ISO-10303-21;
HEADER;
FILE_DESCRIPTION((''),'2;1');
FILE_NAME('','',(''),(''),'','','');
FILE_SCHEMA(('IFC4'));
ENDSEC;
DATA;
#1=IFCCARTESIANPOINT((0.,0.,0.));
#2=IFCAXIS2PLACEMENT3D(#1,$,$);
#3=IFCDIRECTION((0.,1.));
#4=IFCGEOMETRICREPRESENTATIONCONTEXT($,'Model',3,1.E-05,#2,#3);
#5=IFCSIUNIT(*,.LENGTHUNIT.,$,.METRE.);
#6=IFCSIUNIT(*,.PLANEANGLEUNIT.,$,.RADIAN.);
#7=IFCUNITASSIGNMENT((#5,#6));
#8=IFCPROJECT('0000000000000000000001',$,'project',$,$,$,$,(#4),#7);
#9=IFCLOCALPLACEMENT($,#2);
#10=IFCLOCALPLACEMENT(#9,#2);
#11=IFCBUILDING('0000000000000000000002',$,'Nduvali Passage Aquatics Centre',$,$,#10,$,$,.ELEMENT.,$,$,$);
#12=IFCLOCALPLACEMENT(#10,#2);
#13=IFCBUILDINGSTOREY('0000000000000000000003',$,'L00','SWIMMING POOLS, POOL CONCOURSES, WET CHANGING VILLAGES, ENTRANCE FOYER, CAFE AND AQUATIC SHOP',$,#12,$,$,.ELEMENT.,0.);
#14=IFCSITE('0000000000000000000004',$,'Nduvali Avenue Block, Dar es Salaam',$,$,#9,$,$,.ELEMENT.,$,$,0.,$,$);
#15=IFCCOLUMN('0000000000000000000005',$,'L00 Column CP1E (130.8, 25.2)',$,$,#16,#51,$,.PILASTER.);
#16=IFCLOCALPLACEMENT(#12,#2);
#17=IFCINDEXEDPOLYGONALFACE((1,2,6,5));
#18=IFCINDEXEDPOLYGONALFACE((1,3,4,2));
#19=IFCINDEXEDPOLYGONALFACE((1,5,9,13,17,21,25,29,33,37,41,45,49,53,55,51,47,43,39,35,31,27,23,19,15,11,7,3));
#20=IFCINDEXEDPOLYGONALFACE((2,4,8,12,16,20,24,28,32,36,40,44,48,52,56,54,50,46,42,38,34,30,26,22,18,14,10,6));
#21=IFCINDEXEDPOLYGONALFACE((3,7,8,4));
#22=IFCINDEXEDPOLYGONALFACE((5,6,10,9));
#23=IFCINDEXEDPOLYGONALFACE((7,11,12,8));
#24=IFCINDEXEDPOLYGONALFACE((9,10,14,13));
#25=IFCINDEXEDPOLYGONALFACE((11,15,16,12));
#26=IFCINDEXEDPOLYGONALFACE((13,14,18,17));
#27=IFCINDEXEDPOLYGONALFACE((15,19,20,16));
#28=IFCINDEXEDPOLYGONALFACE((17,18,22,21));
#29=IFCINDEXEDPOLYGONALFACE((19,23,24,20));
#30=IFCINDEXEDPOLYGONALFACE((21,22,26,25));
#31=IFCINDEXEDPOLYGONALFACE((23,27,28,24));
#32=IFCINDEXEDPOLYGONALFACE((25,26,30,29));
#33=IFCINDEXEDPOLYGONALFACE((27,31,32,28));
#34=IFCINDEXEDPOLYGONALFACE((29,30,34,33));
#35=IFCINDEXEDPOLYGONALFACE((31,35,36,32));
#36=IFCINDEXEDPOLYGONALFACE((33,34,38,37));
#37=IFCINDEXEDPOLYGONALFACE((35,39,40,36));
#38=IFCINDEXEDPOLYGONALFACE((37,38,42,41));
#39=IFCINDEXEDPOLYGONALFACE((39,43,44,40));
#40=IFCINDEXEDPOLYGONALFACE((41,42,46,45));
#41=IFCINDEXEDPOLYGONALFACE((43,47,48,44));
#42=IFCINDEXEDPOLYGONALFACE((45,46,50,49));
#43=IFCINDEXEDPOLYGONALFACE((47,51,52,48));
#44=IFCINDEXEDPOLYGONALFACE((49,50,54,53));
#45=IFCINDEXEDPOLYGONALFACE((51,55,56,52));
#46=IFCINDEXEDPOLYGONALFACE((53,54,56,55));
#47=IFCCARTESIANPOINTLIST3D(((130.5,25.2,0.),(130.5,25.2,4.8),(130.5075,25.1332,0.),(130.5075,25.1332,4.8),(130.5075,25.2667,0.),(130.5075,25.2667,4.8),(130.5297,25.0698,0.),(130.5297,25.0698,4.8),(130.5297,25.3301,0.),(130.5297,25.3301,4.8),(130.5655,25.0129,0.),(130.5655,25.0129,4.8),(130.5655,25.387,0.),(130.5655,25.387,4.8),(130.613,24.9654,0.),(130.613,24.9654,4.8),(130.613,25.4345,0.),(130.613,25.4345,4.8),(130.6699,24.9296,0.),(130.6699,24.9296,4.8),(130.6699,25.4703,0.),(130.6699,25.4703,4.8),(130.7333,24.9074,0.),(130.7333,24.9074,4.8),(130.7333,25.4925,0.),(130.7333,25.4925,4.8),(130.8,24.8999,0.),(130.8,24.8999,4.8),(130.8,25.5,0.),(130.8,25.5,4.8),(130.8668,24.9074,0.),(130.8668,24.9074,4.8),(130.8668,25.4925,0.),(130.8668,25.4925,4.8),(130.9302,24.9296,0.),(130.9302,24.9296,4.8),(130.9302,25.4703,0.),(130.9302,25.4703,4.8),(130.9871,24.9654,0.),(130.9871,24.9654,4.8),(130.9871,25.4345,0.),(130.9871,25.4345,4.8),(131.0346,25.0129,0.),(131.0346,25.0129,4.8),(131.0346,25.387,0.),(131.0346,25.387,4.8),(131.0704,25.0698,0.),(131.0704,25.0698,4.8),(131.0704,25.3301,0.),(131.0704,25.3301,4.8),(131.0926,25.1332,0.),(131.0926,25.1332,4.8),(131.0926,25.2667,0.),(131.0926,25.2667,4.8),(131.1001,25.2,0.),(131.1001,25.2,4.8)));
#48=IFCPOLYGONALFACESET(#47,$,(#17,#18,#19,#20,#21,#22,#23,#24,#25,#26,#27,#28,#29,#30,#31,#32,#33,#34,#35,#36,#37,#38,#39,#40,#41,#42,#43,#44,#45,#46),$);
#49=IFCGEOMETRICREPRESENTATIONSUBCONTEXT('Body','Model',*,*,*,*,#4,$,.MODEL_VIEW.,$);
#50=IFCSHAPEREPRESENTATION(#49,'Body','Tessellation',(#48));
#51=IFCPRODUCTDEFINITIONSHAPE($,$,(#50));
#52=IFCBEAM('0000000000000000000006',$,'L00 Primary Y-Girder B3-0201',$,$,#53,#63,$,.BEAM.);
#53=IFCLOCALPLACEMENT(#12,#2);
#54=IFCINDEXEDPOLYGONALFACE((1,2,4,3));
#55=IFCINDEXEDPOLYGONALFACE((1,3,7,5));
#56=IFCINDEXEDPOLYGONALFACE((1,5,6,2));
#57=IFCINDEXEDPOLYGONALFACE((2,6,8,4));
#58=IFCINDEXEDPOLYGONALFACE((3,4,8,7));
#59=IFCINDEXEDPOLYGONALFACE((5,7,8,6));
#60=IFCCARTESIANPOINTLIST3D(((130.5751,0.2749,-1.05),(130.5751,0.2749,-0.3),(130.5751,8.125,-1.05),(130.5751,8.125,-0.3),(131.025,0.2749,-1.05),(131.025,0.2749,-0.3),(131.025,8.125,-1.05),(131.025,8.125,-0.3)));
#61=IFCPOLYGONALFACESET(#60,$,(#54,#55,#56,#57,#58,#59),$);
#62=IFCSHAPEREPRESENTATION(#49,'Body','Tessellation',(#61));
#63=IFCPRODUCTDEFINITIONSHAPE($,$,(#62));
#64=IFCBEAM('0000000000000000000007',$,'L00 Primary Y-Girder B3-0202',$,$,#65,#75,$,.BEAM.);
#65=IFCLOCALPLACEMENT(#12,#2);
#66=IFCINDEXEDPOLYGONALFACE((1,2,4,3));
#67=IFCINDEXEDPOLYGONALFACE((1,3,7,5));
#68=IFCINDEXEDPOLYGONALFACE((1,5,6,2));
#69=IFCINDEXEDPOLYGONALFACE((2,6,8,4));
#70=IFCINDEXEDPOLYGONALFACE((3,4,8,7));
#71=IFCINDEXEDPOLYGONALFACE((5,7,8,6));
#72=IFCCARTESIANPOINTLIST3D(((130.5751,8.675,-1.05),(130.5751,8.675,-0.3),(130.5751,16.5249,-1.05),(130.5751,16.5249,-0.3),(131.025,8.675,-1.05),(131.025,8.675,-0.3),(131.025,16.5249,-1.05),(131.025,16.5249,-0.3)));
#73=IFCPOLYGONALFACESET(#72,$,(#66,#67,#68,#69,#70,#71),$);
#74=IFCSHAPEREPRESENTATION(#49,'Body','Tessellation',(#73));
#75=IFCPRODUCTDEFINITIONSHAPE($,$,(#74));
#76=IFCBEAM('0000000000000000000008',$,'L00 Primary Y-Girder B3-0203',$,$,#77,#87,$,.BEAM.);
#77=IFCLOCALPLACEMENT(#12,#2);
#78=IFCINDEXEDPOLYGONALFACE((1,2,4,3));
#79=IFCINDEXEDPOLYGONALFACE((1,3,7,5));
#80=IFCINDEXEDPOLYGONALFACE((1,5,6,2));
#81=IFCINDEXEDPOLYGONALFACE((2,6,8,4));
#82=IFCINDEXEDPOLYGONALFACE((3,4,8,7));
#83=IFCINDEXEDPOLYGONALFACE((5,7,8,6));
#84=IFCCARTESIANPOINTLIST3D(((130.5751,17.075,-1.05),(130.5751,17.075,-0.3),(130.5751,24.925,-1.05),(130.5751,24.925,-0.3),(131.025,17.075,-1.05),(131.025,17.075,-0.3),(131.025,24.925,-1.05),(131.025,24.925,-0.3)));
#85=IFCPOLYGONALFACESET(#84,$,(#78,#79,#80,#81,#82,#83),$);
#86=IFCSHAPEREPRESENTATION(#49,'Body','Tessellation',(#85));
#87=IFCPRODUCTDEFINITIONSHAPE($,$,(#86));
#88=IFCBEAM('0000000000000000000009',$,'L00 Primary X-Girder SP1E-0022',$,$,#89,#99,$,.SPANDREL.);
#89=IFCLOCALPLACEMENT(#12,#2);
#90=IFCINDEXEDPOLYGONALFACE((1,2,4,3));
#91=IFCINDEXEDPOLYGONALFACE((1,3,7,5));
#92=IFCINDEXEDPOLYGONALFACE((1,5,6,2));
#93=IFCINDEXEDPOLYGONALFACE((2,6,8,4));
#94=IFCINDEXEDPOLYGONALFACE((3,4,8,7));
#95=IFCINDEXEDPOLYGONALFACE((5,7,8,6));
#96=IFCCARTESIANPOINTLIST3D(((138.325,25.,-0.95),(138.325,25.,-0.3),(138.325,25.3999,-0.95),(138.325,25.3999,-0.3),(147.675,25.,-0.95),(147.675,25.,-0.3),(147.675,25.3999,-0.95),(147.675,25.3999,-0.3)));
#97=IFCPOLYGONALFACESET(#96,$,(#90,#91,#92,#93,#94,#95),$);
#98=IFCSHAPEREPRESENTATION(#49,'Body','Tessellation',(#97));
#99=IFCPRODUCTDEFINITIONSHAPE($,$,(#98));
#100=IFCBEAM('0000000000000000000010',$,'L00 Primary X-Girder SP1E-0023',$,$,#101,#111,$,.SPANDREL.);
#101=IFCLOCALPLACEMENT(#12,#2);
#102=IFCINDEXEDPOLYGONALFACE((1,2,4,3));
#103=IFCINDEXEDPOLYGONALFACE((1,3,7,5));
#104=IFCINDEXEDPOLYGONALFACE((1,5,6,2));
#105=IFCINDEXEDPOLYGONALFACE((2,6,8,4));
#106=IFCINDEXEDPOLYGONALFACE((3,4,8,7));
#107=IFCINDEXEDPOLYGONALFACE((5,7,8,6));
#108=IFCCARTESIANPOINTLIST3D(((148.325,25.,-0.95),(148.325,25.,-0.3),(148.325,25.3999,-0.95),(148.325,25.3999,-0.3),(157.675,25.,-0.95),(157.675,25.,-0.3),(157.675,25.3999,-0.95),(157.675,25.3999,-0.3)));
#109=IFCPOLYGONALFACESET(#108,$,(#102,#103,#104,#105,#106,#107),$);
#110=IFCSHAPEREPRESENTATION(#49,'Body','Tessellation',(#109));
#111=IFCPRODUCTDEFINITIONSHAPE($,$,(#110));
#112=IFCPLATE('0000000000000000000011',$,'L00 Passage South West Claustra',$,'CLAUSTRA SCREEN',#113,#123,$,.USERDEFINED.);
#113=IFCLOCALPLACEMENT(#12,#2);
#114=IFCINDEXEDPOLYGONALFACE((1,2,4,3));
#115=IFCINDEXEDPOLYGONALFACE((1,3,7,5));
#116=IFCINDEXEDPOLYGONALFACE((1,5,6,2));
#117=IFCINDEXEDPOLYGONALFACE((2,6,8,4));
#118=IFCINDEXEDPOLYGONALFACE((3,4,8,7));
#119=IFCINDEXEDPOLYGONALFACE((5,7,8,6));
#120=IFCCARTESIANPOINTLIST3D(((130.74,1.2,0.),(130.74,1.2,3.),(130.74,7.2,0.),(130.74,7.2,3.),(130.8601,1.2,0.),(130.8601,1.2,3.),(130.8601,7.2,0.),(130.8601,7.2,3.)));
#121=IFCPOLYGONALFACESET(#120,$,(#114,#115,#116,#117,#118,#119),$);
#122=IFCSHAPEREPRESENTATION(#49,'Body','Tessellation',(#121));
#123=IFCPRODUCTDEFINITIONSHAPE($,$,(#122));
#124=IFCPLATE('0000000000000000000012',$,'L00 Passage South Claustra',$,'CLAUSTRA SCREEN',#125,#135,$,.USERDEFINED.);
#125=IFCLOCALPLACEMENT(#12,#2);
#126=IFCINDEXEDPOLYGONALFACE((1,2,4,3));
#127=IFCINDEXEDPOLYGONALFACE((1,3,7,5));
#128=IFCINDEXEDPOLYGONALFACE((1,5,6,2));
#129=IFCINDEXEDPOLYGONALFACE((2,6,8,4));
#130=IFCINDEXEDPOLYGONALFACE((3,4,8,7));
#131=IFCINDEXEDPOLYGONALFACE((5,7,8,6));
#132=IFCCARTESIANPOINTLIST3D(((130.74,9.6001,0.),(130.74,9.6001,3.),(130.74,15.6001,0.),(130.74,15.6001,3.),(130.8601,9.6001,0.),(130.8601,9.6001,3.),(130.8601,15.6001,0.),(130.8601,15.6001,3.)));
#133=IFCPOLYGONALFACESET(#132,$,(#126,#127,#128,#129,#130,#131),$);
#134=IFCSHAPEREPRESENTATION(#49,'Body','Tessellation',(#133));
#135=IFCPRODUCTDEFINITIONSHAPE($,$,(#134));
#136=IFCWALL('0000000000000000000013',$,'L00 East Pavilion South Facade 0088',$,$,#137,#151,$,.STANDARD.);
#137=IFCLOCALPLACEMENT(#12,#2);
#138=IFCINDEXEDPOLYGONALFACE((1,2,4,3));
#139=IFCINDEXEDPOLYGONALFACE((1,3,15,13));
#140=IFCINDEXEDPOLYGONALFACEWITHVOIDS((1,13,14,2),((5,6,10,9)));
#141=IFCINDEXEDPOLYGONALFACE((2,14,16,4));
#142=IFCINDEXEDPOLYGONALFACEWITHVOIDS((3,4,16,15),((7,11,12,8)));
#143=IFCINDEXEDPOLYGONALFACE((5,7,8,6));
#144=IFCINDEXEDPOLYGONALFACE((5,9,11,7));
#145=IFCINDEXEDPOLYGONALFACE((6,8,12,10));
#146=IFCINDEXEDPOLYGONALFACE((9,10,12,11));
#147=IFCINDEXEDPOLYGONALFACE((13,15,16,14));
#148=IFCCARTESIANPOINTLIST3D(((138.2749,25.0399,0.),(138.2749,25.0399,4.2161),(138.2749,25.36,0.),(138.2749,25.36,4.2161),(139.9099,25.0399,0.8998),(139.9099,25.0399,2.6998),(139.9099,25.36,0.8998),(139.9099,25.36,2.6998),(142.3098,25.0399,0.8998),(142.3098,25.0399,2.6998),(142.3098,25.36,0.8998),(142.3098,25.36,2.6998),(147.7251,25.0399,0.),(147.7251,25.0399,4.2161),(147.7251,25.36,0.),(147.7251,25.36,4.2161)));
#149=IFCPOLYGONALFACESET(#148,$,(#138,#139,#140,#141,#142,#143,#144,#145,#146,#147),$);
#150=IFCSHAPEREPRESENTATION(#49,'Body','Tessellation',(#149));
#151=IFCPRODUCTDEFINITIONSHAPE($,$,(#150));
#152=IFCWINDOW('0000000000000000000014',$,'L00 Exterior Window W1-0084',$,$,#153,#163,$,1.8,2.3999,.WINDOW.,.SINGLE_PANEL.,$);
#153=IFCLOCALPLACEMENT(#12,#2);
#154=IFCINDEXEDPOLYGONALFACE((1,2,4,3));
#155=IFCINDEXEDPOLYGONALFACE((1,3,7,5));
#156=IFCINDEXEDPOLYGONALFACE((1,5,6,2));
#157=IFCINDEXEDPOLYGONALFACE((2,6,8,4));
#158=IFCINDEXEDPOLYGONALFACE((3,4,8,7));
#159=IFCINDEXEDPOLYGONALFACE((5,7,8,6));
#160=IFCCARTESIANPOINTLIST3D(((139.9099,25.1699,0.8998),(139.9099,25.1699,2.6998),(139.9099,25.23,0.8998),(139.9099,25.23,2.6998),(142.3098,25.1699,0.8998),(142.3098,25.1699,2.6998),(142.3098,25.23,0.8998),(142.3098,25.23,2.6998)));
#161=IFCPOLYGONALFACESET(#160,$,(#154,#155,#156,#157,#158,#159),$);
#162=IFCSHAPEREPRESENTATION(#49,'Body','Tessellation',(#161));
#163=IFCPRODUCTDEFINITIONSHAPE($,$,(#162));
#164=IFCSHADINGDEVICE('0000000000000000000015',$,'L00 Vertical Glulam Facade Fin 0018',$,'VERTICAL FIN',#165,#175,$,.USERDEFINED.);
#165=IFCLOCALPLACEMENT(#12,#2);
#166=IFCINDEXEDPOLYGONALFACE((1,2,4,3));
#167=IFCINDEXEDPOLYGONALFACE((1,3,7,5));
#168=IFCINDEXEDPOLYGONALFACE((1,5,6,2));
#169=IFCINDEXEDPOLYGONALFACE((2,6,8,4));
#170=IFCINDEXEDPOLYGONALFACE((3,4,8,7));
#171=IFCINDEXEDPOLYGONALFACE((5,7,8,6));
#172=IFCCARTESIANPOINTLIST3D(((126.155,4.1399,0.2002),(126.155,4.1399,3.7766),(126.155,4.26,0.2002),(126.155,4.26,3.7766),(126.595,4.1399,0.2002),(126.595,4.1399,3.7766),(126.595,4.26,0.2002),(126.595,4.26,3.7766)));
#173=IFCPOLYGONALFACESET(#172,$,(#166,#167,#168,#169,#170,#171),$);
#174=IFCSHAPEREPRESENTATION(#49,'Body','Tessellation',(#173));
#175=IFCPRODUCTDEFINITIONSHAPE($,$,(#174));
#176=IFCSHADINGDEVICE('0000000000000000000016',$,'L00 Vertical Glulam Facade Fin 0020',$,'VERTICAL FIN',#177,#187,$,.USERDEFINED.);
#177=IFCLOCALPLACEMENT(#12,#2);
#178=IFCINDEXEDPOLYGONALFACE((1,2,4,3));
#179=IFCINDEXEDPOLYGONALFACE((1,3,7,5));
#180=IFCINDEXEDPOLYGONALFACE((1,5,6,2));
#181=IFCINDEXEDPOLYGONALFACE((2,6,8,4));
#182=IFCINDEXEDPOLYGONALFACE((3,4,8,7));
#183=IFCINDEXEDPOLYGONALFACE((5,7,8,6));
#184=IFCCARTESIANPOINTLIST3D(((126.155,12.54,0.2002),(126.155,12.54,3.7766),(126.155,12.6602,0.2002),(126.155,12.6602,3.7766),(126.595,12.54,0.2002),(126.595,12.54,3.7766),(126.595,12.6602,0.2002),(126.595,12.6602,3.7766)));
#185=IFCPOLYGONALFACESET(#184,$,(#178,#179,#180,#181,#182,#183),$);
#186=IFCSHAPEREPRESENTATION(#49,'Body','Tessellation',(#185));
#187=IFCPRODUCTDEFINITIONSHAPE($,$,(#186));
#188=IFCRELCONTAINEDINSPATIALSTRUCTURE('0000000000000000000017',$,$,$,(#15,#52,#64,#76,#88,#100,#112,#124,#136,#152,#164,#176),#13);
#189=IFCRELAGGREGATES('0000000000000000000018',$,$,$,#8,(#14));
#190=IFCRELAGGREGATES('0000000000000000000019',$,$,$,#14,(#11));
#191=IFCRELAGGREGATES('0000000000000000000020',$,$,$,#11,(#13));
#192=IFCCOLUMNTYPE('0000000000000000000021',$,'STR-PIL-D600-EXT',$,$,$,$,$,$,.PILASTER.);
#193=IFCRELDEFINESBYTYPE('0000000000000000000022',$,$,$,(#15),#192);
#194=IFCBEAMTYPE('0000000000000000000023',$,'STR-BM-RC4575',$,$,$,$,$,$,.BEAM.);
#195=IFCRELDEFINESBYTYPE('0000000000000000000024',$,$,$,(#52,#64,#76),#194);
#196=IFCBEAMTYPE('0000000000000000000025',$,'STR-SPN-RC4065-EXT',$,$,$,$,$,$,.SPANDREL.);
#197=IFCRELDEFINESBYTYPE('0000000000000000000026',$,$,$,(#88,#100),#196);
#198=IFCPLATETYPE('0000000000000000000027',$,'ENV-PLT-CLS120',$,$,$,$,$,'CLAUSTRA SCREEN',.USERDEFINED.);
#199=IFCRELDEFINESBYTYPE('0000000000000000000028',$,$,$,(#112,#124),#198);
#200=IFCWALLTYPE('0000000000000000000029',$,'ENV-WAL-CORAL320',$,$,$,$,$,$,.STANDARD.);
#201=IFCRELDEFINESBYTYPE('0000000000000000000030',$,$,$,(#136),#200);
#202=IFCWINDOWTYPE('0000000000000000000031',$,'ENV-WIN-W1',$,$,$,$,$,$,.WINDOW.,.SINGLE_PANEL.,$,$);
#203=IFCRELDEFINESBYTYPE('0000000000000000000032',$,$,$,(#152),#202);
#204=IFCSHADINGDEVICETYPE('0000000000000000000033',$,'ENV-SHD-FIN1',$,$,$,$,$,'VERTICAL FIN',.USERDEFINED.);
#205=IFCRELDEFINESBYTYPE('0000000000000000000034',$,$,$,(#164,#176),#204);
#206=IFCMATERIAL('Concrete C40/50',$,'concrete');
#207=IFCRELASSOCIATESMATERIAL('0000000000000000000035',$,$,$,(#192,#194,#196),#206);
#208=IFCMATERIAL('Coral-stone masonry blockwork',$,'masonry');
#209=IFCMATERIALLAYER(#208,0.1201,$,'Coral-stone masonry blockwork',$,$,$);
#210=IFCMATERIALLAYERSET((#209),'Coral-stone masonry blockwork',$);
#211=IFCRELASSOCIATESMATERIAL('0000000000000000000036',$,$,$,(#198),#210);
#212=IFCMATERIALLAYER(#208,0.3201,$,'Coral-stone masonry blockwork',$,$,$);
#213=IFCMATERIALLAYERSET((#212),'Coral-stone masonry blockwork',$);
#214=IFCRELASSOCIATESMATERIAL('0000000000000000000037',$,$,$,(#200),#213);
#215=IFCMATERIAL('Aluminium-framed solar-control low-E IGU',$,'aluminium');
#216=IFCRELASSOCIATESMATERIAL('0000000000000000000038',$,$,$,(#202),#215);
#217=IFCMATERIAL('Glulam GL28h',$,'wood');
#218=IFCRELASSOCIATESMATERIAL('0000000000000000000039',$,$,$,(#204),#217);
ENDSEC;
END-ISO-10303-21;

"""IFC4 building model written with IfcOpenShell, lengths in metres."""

from ifc_helpers import new_model, si_unit, direction, frame, frame_2d, origin, origin_2d, place, context, subcontext, project, spatial, rectangle, circle, extrude, material, layer, layer_set, material_profile, profile_set, type_object, element, fill, save


model = new_model("IFC4")

# Units and contexts
model_context = context("Model", 3, precision=1e-05, world=origin(), true_north=direction((0.0, 1.0)))
body_context = subcontext(model_context, "Body", "Model", "MODEL_VIEW")
ifc_project = project(units=[si_unit("LENGTHUNIT", "METRE"), si_unit("PLANEANGLEUNIT", "RADIAN")], contexts=[model_context])

# Site, building, storey
site_placement = place(None, origin())
site = spatial("IfcSite", under=ifc_project, at=site_placement, Name="Nduvali Avenue Block, Dar es Salaam", CompositionType="ELEMENT", RefElevation=0.0)
building_placement = place(site_placement, origin())
building = spatial("IfcBuilding", under=site, at=building_placement, Name="Nduvali Passage Aquatics Centre", CompositionType="ELEMENT")
storey_placement = place(building_placement, origin())
storey = spatial("IfcBuildingStorey", under=building, at=storey_placement, Name="L00", Description="SWIMMING POOLS, POOL CONCOURSES, WET CHANGING VILLAGES, ENTRANCE FOYER, CAFE AND AQUATIC SHOP", CompositionType="ELEMENT", Elevation=0.0)

# Column
ifc_material_1 = material(Name="Concrete C40/50", Category="concrete")
ifc_material_profile_1 = material_profile(ifc_material_1, circle(Radius=0.3, at=origin_2d()), Name="RC D600")
ifc_profile_set_1 = profile_set([ifc_material_profile_1], Name="Concrete C40/50")
column_type_1 = type_object("IfcColumnType", Name="STR-PIL-D600-EXT", PredefinedType="PILASTER", material=ifc_profile_set_1)
for number, where, z_axis, x_axis, name in (
    (1, (130.8, 25.2, 0.0), (0.0, 0.0, 1.0), (1.0, 0.0, 0.0), "L00 Column CP1E (130.8, 25.2)"),
):
    element("IfcColumn", number, at=place(storey_placement, frame(where, z_axis=z_axis, x_axis=x_axis)), inside=storey, type_object=column_type_1, Name=name, PredefinedType="PILASTER", context=body_context, shape_type="SweptSolid", body=[
        extrude(circle(Radius=0.3, at=origin_2d()), origin(), (0.0, 0.0, 1.0), 4.8),
    ])

# Beams
ifc_material_profile_2 = material_profile(ifc_material_1, rectangle(XDim=0.45, YDim=0.75, at=origin_2d()), Name="RC 450x750")
ifc_profile_set_2 = profile_set([ifc_material_profile_2], Name="Concrete C40/50")
beam_type_1 = type_object("IfcBeamType", Name="STR-BM-RC4575", PredefinedType="BEAM", material=ifc_profile_set_2)
beam_1_placement = place(storey_placement, frame((130.8, 0.2749, -0.675), z_axis=(0.0, 1.0, 0.0), x_axis=(-1.0, 0.0, 0.0)))
element("IfcBeam", 2, at=beam_1_placement, inside=storey, type_object=beam_type_1, Name="L00 Primary Y-Girder B3-0201", PredefinedType="BEAM", context=body_context, shape_type="SweptSolid", body=[
    extrude(rectangle(XDim=0.45, YDim=0.75, at=origin_2d()), origin(), (0.0, 0.0, 1.0), 7.8501),
])
beam_2_placement = place(storey_placement, frame((130.8, 8.675, -0.675), z_axis=(0.0, 1.0, 0.0), x_axis=(-1.0, 0.0, 0.0)))
element("IfcBeam", 3, at=beam_2_placement, inside=storey, type_object=beam_type_1, Name="L00 Primary Y-Girder B3-0202", PredefinedType="BEAM", context=body_context, shape_type="SweptSolid", body=[
    extrude(rectangle(XDim=0.45, YDim=0.75, at=origin_2d()), origin(), (0.0, 0.0, 1.0), 7.8499),
])
beam_3_placement = place(storey_placement, frame((130.8, 17.075, -0.675), z_axis=(0.0, 1.0, 0.0), x_axis=(-1.0, 0.0, 0.0)))
element("IfcBeam", 4, at=beam_3_placement, inside=storey, type_object=beam_type_1, Name="L00 Primary Y-Girder B3-0203", PredefinedType="BEAM", context=body_context, shape_type="SweptSolid", body=[
    extrude(rectangle(XDim=0.45, YDim=0.75, at=origin_2d()), origin(), (0.0, 0.0, 1.0), 7.8501),
])
ifc_material_profile_3 = material_profile(ifc_material_1, rectangle(XDim=0.3999, YDim=0.6499, at=origin_2d()), Name="RC 400x650")
ifc_profile_set_3 = profile_set([ifc_material_profile_3], Name="Concrete C40/50")
beam_type_2 = type_object("IfcBeamType", Name="STR-SPN-RC4065-EXT", PredefinedType="SPANDREL", material=ifc_profile_set_3)
for number, where, z_axis, x_axis, name in (
    (5, (138.325, 25.2, -0.625), (1.0, 0.0, 0.0), (0.0, 1.0, 0.0), "L00 Primary X-Girder SP1E-0022"),
    (6, (148.325, 25.2, -0.625), (1.0, 0.0, 0.0), (0.0, 1.0, 0.0), "L00 Primary X-Girder SP1E-0023"),
):
    element("IfcBeam", number, at=place(storey_placement, frame(where, z_axis=z_axis, x_axis=x_axis)), inside=storey, type_object=beam_type_2, Name=name, PredefinedType="SPANDREL", context=body_context, shape_type="SweptSolid", body=[
        extrude(rectangle(XDim=0.3999, YDim=0.6499, at=origin_2d()), origin(), (0.0, 0.0, 1.0), 9.3501),
    ])

# Plates
ifc_material_2 = material(Name="Coral-stone masonry blockwork", Category="masonry")
ifc_layer_1 = layer(ifc_material_2, 0.1201, Name="Coral-stone masonry blockwork")
ifc_layer_set_1 = layer_set([ifc_layer_1], Name="Coral-stone masonry blockwork")
plate_type = type_object("IfcPlateType", Name="ENV-PLT-CLS120", ElementType="CLAUSTRA SCREEN", PredefinedType="USERDEFINED", material=ifc_layer_set_1)
for number, where, z_axis, x_axis, name in (
    (7, (130.8, 4.2, 0.0), (0.0, 0.0, 1.0), (0.0, 1.0, 0.0), "L00 Passage South West Claustra"),
    (8, (130.8, 12.6001, 0.0), (0.0, 0.0, 1.0), (0.0, 1.0, 0.0), "L00 Passage South Claustra"),
):
    element("IfcPlate", number, at=place(storey_placement, frame(where, z_axis=z_axis, x_axis=x_axis)), inside=storey, type_object=plate_type, Name=name, ObjectType="CLAUSTRA SCREEN", PredefinedType="USERDEFINED", context=body_context, shape_type="SweptSolid", body=[
        extrude(rectangle(XDim=6.0, YDim=0.1201, at=origin_2d()), origin(), (0.0, 0.0, 1.0), 3.0),
    ])

# Wall, opening, window
ifc_layer_2 = layer(ifc_material_2, 0.3201, Name="Coral-stone masonry blockwork")
ifc_layer_set_2 = layer_set([ifc_layer_2], Name="Coral-stone masonry blockwork")
wall_type = type_object("IfcWallType", Name="ENV-WAL-CORAL320", PredefinedType="STANDARD", material=ifc_layer_set_2)
wall_1_placement = place(storey_placement, frame((138.2749, 25.2, 0.0), z_axis=(0.0, 0.0, 1.0), x_axis=(1.0, 0.0, 0.0)))
wall_1 = element("IfcWall", 9, at=wall_1_placement, inside=storey, type_object=wall_type, Name="L00 East Pavilion South Facade 0088", PredefinedType="STANDARD", context=body_context, shape_type="SweptSolid", body=[
    extrude(rectangle(XDim=9.4502, YDim=0.3201, at=frame_2d((4.7251, 0.0))), origin(), (0.0, 0.0, 1.0), 4.2161),
])
opening_1_placement = place(wall_1_placement, frame((1.635, 0.0, 0.8999)))
opening_1 = element("IfcOpeningElement", 10, at=opening_1_placement, cuts=wall_1, PredefinedType="OPENING", context=body_context, shape_type="SweptSolid", body=[
    extrude(rectangle(XDim=2.3999, YDim=1.8, at=frame_2d((1.2, 0.8999))), frame((0.0, 0.1748, 0.0), z_axis=(0.0, -1.0, 0.0), x_axis=(1.0, 0.0, 0.0)), (0.0, 0.0, 1.0), 0.3499),
])
ifc_material_3 = material(Name="Aluminium-framed solar-control low-E IGU", Category="aluminium")
window_type = type_object("IfcWindowType", Name="ENV-WIN-W1", PartitioningType="SINGLE_PANEL", PredefinedType="WINDOW", material=ifc_material_3)
window_placement = place(opening_1_placement, origin())
window = element("IfcWindow", 11, at=window_placement, inside=storey, type_object=window_type, Name="L00 Exterior Window W1-0084", OverallHeight=1.8, OverallWidth=2.3999, PartitioningType="SINGLE_PANEL", PredefinedType="WINDOW", context=body_context, shape_type="SweptSolid", body=[
    extrude(rectangle(XDim=2.3999, YDim=1.8, at=frame_2d((1.2, 0.8999))), frame((0.0, 0.03, 0.0), z_axis=(0.0, -1.0, 0.0), x_axis=(1.0, 0.0, 0.0)), (0.0, 0.0, 1.0), 0.0601),
])
fill(opening_1, window)

# Shading devices
ifc_material_4 = material(Name="Glulam GL28h", Category="wood")
shading_device_type_1 = type_object("IfcShadingDeviceType", Name="ENV-SHD-FIN1", ElementType="VERTICAL FIN", PredefinedType="USERDEFINED", material=ifc_material_4)
for number, where, z_axis, x_axis, name in (
    (12, (126.375, 4.2, 0.2002), (0.0, 0.0, 1.0), (0.0, 1.0, 0.0), "L00 Vertical Glulam Facade Fin 0018"),
    (13, (126.375, 12.6001, 0.2002), (0.0, 0.0, 1.0), (0.0, 1.0, 0.0), "L00 Vertical Glulam Facade Fin 0020"),
):
    element("IfcShadingDevice", number, at=place(storey_placement, frame(where, z_axis=z_axis, x_axis=x_axis)), inside=storey, type_object=shading_device_type_1, Name=name, ObjectType="VERTICAL FIN", PredefinedType="USERDEFINED", context=body_context, shape_type="SweptSolid", body=[
        extrude(rectangle(XDim=0.1201, YDim=0.4399, at=origin_2d()), origin(), (0.0, 0.0, 1.0), 3.5764),
    ])

save(model, "model.ifc")
